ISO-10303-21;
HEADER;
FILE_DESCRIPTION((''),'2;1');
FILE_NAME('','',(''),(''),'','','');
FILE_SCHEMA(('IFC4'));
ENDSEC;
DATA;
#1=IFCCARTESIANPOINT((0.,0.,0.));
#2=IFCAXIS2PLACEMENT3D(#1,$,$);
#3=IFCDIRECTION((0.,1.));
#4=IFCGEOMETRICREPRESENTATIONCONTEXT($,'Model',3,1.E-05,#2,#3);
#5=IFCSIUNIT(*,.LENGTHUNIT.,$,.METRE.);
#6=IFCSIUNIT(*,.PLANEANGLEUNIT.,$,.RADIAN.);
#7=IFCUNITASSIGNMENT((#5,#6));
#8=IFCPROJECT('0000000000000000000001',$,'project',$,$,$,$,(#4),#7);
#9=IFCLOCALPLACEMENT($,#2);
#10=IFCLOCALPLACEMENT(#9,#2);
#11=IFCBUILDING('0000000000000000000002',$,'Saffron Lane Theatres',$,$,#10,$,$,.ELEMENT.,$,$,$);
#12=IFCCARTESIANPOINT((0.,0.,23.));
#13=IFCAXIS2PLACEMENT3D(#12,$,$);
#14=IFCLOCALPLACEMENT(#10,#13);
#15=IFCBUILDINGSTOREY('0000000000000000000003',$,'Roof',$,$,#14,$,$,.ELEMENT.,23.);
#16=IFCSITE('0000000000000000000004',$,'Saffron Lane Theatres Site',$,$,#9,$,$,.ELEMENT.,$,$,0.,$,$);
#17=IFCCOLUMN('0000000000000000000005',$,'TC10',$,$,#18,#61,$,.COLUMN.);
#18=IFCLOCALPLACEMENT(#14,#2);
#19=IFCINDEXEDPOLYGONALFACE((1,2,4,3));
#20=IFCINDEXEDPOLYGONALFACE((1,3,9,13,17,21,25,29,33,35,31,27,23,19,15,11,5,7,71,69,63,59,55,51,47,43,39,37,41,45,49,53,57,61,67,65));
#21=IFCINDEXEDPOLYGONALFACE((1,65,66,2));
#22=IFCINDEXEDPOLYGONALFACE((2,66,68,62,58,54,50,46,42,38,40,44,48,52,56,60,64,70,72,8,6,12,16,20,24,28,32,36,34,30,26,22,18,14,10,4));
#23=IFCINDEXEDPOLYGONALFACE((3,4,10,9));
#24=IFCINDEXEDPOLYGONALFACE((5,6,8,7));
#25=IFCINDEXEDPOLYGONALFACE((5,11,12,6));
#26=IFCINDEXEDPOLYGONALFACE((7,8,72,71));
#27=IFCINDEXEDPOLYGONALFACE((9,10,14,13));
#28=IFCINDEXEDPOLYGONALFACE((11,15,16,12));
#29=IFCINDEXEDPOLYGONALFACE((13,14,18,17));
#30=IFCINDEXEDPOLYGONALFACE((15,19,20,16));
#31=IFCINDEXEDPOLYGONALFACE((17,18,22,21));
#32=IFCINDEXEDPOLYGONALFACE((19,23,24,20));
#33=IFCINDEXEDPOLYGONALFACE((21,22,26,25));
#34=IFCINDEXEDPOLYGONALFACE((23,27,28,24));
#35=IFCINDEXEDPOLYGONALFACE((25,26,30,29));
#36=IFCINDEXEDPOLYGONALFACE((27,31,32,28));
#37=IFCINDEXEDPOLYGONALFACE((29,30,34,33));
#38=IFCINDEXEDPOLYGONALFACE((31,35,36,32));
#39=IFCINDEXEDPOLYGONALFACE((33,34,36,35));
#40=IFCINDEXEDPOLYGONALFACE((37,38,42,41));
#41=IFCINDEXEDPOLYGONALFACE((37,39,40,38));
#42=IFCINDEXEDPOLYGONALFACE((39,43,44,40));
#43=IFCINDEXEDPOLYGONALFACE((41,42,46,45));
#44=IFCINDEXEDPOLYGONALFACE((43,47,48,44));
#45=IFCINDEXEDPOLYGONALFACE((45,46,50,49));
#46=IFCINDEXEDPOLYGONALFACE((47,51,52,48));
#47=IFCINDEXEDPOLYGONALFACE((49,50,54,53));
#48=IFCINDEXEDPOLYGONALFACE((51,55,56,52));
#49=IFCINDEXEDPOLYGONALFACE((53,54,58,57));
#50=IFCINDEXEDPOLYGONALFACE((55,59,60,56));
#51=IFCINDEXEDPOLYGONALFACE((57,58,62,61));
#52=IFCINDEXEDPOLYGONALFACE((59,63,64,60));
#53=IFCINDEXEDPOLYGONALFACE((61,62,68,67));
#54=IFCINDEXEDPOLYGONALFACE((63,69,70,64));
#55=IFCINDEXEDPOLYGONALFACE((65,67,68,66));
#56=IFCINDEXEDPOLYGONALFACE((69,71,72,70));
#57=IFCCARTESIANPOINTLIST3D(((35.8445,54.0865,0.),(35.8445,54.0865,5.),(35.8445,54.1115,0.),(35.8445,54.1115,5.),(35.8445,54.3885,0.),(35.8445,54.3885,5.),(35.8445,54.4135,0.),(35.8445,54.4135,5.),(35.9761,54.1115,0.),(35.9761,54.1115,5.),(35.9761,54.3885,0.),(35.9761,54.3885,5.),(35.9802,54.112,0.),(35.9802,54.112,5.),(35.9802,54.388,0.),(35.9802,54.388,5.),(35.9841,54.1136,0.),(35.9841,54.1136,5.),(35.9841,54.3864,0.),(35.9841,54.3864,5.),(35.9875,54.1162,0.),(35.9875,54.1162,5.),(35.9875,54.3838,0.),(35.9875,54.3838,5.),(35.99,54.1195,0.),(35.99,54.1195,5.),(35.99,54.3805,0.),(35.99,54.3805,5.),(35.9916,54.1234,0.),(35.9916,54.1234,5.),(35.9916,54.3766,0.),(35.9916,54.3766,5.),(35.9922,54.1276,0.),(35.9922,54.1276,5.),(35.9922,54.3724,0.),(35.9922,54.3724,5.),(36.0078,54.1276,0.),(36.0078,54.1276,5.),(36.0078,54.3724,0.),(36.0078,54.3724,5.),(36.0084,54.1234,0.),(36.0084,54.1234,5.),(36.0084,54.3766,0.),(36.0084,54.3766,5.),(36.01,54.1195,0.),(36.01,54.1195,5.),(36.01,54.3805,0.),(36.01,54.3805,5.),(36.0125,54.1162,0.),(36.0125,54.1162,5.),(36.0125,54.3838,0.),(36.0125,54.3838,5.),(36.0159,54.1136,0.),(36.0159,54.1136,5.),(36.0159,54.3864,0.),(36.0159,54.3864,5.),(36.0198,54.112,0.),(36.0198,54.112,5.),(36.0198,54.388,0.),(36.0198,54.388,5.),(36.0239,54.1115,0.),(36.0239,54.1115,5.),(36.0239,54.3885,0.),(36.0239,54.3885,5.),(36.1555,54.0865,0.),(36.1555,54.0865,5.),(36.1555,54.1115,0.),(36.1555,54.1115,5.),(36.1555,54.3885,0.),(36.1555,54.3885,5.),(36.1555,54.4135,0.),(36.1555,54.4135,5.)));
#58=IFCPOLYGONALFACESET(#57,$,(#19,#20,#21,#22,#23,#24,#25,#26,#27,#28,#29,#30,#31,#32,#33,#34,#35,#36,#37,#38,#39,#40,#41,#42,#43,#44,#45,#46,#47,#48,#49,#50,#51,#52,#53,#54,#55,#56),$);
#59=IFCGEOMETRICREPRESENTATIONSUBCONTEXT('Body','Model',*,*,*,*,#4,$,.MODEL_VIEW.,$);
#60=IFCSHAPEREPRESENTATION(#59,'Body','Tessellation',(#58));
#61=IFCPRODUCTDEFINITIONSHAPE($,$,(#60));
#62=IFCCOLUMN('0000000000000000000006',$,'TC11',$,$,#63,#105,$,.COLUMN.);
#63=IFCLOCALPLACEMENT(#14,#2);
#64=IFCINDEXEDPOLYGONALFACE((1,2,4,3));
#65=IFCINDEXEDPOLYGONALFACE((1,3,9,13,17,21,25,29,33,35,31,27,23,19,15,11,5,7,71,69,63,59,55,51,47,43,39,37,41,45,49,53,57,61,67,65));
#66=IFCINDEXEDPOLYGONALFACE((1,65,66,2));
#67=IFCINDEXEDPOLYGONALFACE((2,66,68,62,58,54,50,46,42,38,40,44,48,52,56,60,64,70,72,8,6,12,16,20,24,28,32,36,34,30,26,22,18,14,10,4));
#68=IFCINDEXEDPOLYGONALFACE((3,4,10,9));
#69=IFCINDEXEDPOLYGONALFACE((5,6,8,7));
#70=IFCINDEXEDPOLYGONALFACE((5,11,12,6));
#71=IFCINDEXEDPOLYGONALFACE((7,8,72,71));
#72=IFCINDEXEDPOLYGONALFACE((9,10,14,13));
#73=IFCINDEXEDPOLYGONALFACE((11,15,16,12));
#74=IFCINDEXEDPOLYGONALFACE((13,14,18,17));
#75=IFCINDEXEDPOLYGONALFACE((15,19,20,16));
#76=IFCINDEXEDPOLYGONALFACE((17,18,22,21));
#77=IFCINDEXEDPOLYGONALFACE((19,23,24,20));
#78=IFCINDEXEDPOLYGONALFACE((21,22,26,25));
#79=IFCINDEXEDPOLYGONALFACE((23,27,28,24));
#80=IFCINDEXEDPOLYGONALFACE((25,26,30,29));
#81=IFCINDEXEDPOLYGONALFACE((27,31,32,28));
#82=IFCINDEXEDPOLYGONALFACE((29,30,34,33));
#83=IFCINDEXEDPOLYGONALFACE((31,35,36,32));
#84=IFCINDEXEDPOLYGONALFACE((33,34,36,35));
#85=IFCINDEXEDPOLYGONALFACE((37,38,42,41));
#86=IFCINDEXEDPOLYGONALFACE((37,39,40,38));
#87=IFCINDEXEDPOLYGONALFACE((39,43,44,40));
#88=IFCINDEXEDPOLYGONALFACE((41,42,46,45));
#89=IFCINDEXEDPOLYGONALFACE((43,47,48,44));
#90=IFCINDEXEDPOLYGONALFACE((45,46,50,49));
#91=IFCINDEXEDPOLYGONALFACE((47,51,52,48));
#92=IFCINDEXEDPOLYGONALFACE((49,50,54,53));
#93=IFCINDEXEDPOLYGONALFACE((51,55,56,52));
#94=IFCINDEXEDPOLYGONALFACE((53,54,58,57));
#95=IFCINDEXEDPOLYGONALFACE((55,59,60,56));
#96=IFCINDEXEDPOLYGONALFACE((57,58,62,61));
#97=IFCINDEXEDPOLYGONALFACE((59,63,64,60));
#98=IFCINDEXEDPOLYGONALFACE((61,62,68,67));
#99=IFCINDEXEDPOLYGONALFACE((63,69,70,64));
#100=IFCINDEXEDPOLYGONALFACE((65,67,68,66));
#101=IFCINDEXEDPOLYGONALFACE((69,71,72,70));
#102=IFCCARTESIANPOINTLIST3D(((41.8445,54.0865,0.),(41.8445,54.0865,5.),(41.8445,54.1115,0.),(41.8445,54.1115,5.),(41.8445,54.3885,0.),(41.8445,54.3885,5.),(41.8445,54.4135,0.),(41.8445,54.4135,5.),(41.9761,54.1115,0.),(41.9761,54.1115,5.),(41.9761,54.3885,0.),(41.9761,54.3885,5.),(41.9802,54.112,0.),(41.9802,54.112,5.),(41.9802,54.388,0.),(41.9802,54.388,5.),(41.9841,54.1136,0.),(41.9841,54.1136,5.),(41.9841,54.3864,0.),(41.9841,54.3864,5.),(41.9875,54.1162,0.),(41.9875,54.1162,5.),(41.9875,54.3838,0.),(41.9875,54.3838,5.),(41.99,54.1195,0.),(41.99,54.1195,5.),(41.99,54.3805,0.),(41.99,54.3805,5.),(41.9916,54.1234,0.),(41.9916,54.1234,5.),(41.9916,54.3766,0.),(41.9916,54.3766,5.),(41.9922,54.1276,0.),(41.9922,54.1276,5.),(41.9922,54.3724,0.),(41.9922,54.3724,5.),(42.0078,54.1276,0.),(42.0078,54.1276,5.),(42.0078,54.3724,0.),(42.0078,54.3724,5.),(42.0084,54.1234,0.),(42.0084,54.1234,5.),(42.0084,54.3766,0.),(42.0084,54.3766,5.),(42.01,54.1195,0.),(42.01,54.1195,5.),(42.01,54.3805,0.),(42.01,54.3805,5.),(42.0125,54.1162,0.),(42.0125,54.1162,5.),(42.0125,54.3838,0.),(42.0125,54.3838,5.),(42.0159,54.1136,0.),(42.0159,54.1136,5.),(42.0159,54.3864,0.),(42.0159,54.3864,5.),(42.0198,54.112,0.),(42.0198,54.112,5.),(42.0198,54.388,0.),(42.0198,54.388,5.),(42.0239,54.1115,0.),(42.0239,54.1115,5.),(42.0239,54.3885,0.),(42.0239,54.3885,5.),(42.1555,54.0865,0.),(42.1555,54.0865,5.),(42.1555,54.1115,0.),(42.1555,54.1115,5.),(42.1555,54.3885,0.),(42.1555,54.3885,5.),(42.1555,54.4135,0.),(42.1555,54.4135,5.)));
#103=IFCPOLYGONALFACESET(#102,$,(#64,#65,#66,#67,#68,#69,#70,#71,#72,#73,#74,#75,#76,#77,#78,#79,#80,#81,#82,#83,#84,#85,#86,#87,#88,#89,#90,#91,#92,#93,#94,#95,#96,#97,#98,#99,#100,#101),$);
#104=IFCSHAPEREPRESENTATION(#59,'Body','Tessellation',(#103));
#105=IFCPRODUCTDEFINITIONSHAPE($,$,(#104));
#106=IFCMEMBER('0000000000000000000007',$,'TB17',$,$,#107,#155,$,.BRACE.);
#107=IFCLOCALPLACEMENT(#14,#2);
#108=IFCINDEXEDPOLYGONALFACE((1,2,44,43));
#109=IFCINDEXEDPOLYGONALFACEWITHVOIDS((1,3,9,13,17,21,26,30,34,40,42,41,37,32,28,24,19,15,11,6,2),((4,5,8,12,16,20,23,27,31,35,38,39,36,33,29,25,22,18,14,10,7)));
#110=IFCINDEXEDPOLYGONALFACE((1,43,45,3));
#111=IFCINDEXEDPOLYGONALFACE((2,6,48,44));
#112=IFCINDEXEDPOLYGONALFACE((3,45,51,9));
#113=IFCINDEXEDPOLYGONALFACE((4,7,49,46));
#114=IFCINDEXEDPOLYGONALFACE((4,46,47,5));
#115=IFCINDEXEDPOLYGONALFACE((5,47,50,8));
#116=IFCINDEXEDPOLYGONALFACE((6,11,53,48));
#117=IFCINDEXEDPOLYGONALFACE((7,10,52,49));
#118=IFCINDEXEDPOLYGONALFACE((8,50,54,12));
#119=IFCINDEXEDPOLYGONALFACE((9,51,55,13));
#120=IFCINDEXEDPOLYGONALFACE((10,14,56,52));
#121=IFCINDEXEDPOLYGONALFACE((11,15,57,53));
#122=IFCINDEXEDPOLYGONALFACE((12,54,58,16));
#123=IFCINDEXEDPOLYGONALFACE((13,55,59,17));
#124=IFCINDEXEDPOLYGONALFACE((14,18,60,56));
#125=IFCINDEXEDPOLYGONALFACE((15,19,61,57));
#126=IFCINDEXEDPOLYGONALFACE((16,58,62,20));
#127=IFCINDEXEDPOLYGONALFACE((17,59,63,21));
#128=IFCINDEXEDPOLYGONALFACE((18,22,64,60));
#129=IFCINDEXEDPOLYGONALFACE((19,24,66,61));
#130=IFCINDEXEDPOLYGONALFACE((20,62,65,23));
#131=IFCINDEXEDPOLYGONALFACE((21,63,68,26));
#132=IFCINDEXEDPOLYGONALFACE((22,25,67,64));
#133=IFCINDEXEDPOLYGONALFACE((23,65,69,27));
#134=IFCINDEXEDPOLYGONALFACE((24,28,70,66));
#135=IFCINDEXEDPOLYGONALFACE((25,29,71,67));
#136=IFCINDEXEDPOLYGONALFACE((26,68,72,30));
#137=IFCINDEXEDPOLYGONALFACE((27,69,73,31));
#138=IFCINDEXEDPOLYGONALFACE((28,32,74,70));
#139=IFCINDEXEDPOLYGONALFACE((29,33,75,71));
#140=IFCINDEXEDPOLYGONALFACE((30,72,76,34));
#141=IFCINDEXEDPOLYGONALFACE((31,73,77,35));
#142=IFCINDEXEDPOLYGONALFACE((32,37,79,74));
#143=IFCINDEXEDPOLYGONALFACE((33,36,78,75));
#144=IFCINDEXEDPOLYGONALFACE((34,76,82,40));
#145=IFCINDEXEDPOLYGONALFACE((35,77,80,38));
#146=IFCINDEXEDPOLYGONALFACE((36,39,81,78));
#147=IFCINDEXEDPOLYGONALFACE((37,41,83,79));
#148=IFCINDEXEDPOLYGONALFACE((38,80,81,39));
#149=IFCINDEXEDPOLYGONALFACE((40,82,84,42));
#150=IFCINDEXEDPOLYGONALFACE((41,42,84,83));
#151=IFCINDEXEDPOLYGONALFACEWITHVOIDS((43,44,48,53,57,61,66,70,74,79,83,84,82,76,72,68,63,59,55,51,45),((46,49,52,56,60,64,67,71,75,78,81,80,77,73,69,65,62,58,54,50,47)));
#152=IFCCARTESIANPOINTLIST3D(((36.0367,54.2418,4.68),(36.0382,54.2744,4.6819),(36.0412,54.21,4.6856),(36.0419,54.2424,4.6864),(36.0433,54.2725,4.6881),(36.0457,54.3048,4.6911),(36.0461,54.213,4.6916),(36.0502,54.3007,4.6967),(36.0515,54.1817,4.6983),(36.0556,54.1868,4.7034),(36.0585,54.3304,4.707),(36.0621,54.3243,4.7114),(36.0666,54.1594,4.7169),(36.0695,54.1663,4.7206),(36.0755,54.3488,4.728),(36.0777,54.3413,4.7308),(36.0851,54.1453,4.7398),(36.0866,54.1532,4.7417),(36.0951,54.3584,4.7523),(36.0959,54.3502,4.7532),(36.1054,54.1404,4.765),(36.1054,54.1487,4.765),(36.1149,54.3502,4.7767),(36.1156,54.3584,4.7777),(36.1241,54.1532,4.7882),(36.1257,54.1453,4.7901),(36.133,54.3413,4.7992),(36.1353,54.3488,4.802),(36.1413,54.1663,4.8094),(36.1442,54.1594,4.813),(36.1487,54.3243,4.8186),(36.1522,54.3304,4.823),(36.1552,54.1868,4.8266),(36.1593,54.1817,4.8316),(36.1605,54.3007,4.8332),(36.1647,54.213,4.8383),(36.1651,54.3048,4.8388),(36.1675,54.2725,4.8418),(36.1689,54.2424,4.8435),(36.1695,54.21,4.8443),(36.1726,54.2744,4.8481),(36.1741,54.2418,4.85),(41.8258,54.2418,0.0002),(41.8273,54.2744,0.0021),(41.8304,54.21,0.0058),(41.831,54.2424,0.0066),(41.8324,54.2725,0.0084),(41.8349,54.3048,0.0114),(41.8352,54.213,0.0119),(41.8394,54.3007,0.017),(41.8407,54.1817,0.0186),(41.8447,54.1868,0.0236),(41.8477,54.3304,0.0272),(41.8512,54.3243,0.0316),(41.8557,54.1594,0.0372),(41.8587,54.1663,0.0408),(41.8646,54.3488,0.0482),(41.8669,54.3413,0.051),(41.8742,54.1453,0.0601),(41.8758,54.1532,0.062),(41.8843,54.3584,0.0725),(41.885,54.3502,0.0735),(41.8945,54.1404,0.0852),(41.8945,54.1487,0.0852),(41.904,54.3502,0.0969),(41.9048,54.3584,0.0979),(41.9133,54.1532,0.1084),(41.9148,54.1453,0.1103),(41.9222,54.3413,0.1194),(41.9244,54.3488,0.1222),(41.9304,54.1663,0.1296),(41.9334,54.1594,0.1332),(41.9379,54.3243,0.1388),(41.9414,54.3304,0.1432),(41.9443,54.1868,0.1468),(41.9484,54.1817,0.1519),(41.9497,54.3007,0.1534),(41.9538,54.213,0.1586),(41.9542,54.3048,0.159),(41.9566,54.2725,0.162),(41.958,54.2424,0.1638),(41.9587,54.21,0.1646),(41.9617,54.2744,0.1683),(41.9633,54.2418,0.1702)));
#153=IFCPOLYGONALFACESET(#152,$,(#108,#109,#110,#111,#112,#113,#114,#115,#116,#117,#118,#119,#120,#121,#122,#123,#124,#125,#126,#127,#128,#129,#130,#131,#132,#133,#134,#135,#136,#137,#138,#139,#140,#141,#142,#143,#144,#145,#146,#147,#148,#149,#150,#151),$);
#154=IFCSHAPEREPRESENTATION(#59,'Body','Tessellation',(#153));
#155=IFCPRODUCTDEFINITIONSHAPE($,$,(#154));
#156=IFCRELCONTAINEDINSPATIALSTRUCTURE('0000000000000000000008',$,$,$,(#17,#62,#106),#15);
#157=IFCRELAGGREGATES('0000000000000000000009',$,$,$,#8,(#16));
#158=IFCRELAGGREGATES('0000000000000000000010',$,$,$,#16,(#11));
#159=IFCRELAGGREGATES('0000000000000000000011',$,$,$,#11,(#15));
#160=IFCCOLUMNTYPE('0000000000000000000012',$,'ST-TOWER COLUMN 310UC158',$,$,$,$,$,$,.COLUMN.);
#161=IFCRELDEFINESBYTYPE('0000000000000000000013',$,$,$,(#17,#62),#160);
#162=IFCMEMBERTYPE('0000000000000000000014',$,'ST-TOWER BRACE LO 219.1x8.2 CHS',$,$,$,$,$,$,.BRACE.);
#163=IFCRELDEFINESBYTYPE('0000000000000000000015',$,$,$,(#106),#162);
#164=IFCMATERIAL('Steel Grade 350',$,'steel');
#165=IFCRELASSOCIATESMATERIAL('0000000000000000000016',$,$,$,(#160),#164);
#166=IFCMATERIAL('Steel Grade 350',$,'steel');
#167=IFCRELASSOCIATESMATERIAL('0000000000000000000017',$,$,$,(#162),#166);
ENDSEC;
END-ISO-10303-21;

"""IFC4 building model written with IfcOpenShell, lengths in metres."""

from ifc_helpers import new_model, si_unit, direction, frame, origin, origin_2d, place, context, subcontext, project, spatial, hollow_circle, i_section, extrude, material, material_profile, profile_set, type_object, element, save


model = new_model("IFC4")

# Units and contexts
model_context = context("Model", 3, precision=1e-05, world=origin(), true_north=direction((0.0, 1.0)))
body_context = subcontext(model_context, "Body", "Model", "MODEL_VIEW")
ifc_project = project(units=[si_unit("LENGTHUNIT", "METRE"), si_unit("PLANEANGLEUNIT", "RADIAN")], contexts=[model_context])

# Site, building, storey
site_placement = place(None, origin())
site = spatial("IfcSite", under=ifc_project, at=site_placement, Name="Saffron Lane Theatres Site", CompositionType="ELEMENT", RefElevation=0.0)
building_placement = place(site_placement, origin())
building = spatial("IfcBuilding", under=site, at=building_placement, Name="Saffron Lane Theatres", CompositionType="ELEMENT")
storey_placement = place(building_placement, frame((0.0, 0.0, 23.0)))
storey = spatial("IfcBuildingStorey", under=building, at=storey_placement, Name="Roof", CompositionType="ELEMENT", Elevation=23.0)

# Columns
ifc_material_1 = material(Name="Steel Grade 350", Category="steel")
ifc_material_profile_1 = material_profile(ifc_material_1, i_section(OverallWidth=0.311, OverallDepth=0.3269, WebThickness=0.0156, FlangeThickness=0.0249, FilletRadius=0.0161, at=origin_2d()))
ifc_profile_set_1 = profile_set([ifc_material_profile_1], Name="Steel Grade 350")
column_type = type_object("IfcColumnType", Name="ST-TOWER COLUMN 310UC158", PredefinedType="COLUMN", material=ifc_profile_set_1)
for number, where, z_axis, x_axis, name in (
    (1, (36.0, 54.25, 0.0), (0.0, 0.0, 1.0), (1.0, 0.0, 0.0), "TC10"),
    (2, (42.0, 54.25, 0.0), (0.0, 0.0, 1.0), (1.0, 0.0, 0.0), "TC11"),
):
    element("IfcColumn", number, at=place(storey_placement, frame(where, z_axis=z_axis, x_axis=x_axis)), inside=storey, type_object=column_type, Name=name, PredefinedType="COLUMN", context=body_context, shape_type="SweptSolid", body=[
        extrude(i_section(OverallWidth=0.311, OverallDepth=0.3269, WebThickness=0.0156, FlangeThickness=0.0249, FilletRadius=0.0161, at=origin_2d()), origin(), (0.0, 0.0, 1.0), 5.0),
    ])

# Member
ifc_material_2 = material(Name="Steel Grade 350", Category="steel")
ifc_material_profile_2 = material_profile(ifc_material_2, hollow_circle(Radius=0.1096, WallThickness=0.0083, at=origin_2d()))
ifc_profile_set_2 = profile_set([ifc_material_profile_2], Name="Steel Grade 350")
member_type = type_object("IfcMemberType", Name="ST-TOWER BRACE LO 219.1x8.2 CHS", PredefinedType="BRACE", material=ifc_profile_set_2)
member_1_placement = place(storey_placement, frame((41.8945, 54.25, 0.0852), z_axis=(-0.777685, 0.0, 0.628655), x_axis=(0.0, -1.0, 0.0)))
element("IfcMember", 3, at=member_1_placement, inside=storey, type_object=member_type, Name="TB17", PredefinedType="BRACE", context=body_context, shape_type="SweptSolid", body=[
    extrude(hollow_circle(Radius=0.1096, WallThickness=0.0083, at=origin_2d()), origin(), (0.0, 0.0, 1.0), 7.4441),
])

save(model, "model.ifc")
